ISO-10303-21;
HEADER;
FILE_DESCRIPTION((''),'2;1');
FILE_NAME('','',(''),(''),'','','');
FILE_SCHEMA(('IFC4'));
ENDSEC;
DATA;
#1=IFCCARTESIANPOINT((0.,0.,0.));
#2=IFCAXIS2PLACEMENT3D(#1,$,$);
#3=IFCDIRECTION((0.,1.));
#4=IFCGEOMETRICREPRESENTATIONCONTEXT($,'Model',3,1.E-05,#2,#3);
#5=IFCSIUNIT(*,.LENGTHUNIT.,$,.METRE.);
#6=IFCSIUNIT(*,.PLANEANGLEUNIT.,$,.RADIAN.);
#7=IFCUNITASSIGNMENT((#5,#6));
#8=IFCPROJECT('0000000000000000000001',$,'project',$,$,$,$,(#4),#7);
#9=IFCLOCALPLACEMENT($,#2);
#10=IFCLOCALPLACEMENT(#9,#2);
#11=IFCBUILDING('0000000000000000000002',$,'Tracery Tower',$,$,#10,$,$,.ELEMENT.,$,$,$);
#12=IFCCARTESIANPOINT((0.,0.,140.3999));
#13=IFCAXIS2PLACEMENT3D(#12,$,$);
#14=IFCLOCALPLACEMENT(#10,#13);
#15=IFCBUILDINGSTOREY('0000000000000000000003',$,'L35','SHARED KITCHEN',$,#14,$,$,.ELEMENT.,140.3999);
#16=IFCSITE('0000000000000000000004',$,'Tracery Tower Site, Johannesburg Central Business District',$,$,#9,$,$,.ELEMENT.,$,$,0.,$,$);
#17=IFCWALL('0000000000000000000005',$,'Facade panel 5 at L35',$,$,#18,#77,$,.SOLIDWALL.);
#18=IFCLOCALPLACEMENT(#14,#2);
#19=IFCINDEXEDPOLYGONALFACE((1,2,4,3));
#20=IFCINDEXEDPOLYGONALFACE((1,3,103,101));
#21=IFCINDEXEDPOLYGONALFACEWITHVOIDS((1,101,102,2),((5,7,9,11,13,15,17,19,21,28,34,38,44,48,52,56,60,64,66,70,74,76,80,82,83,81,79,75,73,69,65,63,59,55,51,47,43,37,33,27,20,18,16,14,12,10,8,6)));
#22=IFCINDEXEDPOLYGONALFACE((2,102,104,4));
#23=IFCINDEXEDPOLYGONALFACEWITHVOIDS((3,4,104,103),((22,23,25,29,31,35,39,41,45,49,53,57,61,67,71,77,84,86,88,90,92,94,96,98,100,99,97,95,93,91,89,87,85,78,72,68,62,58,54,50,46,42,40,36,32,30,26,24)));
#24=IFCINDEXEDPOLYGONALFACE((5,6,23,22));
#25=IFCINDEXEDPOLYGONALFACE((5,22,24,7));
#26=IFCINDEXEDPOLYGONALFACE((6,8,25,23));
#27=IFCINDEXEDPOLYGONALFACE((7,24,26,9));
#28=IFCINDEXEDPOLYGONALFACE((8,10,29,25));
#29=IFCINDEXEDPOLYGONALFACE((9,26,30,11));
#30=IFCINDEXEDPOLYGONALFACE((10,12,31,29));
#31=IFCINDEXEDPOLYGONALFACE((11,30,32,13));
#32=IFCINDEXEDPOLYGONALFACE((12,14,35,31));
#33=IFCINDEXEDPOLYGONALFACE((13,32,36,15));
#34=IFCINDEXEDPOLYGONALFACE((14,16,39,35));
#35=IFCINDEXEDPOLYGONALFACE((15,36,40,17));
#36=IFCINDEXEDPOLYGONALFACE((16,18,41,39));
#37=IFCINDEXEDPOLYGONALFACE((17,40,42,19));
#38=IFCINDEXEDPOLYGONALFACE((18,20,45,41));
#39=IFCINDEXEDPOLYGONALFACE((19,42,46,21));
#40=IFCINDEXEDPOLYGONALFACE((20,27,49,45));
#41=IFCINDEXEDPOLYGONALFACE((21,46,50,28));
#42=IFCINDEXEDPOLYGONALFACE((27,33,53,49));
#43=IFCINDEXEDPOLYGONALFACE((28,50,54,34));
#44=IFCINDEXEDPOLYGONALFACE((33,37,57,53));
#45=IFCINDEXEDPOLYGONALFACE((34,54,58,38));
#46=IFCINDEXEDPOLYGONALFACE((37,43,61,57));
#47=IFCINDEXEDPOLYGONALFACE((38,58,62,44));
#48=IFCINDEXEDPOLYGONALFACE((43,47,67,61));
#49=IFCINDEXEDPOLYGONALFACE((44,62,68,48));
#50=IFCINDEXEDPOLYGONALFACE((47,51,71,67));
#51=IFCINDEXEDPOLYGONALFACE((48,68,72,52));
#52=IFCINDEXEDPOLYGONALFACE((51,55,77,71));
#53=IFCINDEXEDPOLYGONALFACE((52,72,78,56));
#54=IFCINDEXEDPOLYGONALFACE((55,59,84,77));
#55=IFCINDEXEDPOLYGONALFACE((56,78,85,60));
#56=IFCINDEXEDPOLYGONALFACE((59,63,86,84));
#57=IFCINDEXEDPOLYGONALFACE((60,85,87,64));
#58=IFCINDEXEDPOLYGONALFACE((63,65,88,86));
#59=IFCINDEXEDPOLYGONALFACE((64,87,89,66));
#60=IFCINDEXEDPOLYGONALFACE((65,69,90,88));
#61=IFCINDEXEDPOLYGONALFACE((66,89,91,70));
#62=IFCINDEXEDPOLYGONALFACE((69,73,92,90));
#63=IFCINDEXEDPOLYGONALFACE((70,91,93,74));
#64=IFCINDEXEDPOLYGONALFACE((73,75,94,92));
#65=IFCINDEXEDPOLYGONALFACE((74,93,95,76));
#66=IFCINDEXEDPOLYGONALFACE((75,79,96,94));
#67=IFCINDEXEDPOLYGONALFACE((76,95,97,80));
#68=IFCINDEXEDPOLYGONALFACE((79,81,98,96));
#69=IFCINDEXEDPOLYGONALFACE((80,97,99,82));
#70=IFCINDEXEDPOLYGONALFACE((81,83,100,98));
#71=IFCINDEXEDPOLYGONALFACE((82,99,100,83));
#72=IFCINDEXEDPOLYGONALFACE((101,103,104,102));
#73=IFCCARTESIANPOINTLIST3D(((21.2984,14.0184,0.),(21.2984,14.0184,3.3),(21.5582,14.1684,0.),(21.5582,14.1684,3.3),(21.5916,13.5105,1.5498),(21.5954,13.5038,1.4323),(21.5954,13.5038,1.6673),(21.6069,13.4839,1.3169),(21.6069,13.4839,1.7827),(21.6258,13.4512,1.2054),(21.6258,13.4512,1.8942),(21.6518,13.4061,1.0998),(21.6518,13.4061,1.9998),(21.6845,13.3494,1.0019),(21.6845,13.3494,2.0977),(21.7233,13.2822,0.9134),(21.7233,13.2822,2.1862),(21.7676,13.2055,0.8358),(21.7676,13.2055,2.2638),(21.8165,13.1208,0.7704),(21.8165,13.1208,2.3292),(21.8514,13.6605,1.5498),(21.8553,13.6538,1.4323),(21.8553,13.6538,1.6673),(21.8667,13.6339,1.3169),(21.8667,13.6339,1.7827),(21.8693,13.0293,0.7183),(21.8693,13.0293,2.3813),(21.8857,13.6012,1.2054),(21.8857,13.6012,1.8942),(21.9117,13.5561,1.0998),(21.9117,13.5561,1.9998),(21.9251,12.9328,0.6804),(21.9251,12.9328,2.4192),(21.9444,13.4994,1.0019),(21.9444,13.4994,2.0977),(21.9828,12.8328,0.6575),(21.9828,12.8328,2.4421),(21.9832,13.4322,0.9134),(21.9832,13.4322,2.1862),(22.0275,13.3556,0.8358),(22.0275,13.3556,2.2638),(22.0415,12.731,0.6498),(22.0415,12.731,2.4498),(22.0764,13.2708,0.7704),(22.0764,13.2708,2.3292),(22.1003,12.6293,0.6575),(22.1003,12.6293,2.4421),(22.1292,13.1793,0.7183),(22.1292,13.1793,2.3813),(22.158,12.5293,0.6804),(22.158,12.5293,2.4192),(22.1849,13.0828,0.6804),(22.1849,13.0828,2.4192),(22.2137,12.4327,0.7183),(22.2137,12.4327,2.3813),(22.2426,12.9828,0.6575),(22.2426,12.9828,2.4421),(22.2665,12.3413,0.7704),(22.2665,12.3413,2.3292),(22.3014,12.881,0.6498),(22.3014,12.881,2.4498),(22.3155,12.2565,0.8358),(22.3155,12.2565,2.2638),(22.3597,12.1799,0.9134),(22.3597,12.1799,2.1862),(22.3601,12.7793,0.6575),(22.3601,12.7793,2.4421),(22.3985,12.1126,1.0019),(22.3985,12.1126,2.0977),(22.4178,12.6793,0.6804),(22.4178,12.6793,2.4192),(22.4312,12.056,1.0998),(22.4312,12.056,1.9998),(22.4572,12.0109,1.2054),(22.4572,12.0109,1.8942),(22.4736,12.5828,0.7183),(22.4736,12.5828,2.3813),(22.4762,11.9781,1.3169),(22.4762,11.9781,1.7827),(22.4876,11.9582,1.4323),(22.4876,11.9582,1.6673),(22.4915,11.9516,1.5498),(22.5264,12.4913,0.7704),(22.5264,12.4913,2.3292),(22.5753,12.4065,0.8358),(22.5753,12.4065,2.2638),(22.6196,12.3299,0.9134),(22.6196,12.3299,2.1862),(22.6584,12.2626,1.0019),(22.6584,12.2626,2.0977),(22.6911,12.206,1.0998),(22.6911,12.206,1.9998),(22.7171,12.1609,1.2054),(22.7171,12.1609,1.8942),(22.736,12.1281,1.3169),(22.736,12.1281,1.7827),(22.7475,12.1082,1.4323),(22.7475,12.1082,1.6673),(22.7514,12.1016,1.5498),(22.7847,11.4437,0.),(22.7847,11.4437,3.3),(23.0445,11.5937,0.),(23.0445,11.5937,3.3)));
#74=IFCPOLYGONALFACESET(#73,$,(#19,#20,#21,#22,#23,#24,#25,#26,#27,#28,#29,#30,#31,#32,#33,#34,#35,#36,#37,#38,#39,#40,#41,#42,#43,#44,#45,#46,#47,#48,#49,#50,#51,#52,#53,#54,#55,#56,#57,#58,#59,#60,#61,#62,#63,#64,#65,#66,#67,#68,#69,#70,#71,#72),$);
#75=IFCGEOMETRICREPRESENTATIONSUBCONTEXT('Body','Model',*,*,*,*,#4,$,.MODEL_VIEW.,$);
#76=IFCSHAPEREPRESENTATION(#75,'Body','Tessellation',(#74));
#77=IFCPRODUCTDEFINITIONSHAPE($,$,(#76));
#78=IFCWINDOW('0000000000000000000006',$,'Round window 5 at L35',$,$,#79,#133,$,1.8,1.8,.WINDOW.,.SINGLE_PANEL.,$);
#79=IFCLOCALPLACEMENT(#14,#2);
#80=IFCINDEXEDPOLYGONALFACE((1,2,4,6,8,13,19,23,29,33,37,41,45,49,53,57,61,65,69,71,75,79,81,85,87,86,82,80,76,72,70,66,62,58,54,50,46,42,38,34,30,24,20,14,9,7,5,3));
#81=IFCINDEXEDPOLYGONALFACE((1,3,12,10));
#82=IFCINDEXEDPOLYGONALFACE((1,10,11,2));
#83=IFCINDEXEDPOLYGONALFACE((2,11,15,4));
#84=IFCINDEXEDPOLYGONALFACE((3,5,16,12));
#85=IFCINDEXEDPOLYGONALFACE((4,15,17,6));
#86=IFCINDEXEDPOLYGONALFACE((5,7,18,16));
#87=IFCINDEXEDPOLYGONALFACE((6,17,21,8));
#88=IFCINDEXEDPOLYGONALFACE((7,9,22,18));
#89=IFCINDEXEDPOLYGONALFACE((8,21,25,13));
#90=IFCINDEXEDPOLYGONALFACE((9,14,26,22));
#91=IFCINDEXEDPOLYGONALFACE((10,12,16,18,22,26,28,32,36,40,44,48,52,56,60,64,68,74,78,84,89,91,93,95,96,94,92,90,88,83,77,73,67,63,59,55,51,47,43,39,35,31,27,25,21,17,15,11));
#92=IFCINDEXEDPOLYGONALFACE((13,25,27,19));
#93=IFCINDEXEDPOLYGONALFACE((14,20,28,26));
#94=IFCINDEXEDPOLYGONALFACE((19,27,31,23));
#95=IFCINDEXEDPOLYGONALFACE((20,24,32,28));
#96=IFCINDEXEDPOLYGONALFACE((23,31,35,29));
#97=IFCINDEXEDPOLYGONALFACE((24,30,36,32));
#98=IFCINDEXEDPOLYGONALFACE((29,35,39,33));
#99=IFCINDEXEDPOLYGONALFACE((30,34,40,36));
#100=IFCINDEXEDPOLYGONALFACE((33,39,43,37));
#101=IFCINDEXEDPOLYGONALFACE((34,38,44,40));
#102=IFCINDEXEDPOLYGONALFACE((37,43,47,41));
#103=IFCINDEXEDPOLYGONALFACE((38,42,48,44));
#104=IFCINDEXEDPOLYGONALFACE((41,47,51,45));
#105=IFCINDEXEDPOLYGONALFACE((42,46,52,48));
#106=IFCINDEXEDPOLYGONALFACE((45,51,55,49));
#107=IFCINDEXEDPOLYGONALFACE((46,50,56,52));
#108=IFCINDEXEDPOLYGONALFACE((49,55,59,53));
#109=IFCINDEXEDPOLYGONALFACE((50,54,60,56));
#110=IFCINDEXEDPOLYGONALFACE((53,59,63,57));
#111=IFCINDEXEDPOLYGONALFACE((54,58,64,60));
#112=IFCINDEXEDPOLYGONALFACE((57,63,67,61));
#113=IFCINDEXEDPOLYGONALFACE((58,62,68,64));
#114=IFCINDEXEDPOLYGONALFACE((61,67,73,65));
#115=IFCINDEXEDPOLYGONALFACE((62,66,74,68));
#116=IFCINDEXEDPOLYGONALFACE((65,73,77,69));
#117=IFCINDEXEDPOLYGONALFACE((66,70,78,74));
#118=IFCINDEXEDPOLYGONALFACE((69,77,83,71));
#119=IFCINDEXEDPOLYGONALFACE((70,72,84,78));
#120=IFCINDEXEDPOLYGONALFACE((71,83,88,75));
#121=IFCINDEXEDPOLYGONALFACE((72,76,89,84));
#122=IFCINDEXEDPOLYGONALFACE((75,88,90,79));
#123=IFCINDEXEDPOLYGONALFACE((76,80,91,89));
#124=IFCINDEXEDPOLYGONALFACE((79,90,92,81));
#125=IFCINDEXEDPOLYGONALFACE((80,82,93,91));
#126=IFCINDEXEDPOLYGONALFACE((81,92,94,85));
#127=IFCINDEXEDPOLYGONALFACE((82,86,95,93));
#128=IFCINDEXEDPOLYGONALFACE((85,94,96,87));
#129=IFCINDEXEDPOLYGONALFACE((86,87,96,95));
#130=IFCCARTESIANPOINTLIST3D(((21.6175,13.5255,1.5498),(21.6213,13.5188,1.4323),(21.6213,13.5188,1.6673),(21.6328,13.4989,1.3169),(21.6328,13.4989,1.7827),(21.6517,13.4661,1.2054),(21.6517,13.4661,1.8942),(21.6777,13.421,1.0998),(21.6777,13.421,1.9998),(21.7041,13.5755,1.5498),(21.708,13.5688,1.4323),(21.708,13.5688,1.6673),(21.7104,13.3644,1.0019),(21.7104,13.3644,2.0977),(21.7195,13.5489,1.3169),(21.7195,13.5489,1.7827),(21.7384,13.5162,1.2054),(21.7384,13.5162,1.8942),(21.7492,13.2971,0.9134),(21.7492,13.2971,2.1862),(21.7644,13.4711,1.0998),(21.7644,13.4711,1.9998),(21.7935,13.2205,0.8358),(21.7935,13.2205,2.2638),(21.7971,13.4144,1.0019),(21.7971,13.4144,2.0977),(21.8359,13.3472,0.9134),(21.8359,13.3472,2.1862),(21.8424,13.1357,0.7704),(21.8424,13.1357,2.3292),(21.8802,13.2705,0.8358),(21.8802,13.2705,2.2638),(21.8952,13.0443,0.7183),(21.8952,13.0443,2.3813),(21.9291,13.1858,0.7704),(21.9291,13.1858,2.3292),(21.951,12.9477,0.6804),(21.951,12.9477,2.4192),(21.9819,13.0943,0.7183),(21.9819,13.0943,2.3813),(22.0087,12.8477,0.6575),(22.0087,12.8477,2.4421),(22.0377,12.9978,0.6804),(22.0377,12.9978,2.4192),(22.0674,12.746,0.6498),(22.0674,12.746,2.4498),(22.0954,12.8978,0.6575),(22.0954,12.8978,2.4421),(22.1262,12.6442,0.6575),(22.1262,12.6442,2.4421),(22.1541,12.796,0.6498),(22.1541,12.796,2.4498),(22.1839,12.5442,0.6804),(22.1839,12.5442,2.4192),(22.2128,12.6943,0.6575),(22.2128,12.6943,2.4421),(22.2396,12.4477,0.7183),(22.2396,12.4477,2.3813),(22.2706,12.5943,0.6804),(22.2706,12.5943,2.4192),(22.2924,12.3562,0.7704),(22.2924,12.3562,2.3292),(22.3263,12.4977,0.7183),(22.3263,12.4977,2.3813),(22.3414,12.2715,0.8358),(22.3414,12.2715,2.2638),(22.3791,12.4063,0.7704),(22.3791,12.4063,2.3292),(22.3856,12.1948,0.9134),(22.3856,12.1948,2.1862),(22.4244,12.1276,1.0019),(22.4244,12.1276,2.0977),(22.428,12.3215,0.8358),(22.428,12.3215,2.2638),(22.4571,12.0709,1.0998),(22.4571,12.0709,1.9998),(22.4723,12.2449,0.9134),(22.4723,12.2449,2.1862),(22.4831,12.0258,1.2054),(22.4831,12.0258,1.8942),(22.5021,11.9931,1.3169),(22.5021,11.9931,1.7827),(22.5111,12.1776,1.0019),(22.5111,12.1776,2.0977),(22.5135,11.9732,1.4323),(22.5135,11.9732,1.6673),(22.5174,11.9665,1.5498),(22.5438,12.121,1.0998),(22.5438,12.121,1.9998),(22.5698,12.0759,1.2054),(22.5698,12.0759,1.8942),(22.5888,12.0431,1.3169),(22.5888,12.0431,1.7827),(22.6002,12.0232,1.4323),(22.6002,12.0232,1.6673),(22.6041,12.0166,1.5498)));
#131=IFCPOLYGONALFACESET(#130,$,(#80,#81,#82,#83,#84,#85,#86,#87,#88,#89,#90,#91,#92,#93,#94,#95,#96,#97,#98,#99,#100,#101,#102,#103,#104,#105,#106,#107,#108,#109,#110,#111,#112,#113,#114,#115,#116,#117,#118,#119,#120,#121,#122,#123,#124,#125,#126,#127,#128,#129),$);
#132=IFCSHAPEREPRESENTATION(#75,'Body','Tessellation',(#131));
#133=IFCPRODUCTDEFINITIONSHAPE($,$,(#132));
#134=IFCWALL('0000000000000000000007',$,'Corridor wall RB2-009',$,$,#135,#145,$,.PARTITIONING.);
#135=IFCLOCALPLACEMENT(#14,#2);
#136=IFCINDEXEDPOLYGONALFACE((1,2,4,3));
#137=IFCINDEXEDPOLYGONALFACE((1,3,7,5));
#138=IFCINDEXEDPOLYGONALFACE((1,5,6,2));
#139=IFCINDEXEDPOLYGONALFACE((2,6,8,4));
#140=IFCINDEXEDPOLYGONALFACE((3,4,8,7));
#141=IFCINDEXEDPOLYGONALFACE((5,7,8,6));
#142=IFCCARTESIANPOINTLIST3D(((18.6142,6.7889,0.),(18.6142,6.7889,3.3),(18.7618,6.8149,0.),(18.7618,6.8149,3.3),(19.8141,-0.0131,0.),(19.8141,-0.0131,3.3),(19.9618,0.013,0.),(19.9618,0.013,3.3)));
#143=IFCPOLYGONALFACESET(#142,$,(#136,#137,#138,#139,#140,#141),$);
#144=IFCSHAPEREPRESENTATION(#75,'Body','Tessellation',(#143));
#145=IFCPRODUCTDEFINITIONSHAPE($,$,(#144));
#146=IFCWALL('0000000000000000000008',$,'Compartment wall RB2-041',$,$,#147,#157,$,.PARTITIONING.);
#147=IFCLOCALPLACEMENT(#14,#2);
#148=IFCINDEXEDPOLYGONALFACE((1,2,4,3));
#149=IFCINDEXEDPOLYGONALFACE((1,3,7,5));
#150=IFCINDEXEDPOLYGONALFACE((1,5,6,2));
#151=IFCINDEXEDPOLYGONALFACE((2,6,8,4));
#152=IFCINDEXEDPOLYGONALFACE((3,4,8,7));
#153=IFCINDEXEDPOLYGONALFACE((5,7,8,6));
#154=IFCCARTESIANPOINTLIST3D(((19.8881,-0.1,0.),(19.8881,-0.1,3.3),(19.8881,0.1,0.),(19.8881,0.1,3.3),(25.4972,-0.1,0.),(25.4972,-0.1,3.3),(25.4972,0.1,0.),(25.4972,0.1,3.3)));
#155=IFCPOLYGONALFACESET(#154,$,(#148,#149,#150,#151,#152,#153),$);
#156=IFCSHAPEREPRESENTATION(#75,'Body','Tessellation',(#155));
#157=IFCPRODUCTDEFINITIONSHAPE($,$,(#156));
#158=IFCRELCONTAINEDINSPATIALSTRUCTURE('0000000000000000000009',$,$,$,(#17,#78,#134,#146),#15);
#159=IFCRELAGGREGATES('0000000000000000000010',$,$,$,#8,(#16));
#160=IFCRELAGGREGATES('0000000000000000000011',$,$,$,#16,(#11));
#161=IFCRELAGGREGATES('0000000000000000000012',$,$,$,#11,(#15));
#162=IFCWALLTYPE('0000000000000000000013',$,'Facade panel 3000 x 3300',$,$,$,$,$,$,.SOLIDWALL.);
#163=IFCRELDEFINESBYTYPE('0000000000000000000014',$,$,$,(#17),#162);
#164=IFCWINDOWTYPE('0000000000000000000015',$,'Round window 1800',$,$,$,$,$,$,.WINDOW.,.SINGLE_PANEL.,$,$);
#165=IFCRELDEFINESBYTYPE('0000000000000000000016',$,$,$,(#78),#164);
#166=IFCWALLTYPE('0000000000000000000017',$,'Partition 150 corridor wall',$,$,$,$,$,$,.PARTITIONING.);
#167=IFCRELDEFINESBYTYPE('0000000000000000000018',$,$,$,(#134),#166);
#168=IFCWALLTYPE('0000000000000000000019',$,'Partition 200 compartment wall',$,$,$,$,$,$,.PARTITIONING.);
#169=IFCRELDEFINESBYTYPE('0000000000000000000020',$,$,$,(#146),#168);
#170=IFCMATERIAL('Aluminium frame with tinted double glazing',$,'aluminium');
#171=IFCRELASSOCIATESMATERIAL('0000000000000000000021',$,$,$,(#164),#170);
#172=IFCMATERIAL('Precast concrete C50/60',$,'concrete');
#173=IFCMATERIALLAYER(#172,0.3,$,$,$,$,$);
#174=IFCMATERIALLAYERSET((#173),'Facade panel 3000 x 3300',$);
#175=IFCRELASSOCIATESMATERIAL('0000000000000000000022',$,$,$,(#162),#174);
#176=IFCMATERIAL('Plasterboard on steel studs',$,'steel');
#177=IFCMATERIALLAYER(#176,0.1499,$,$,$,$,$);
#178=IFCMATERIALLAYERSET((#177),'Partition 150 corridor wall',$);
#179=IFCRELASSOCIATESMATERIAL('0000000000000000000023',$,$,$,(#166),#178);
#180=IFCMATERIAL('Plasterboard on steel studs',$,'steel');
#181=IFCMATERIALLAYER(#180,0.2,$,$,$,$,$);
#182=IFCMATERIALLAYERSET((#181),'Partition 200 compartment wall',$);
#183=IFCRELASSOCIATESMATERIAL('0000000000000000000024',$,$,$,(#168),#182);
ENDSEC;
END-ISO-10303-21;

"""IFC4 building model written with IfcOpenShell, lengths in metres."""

from ifc_helpers import new_model, si_unit, direction, frame, frame_2d, origin, origin_2d, place, context, subcontext, project, spatial, rectangle, circle, extrude, material, layer, layer_set, type_object, element, fill, save


model = new_model("IFC4")

# Units and contexts
model_context = context("Model", 3, precision=1e-05, world=origin(), true_north=direction((0.0, 1.0)))
body_context = subcontext(model_context, "Body", "Model", "MODEL_VIEW")
ifc_project = project(units=[si_unit("LENGTHUNIT", "METRE"), si_unit("PLANEANGLEUNIT", "RADIAN")], contexts=[model_context])

# Site, building, storey
site_placement = place(None, origin())
site = spatial("IfcSite", under=ifc_project, at=site_placement, Name="Tracery Tower Site, Johannesburg Central Business District", CompositionType="ELEMENT", RefElevation=0.0)
building_placement = place(site_placement, origin())
building = spatial("IfcBuilding", under=site, at=building_placement, Name="Tracery Tower", CompositionType="ELEMENT")
storey_placement = place(building_placement, frame((0.0, 0.0, 140.3999)))
storey = spatial("IfcBuildingStorey", under=building, at=storey_placement, Name="L35", Description="SHARED KITCHEN", CompositionType="ELEMENT", Elevation=140.3999)

# Wall, opening, window
ifc_material_1 = material(Name="Aluminium frame with tinted double glazing", Category="aluminium")
window_type = type_object("IfcWindowType", Name="Round window 1800", PartitioningType="SINGLE_PANEL", PredefinedType="WINDOW", material=ifc_material_1)
ifc_material_2 = material(Name="Precast concrete C50/60", Category="concrete")
ifc_layer_1 = layer(ifc_material_2, 0.3)
ifc_layer_set_1 = layer_set([ifc_layer_1], Name="Facade panel 3000 x 3300")
wall_type_1 = type_object("IfcWallType", Name="Facade panel 3000 x 3300", PredefinedType="SOLIDWALL", material=ifc_layer_set_1)
wall_1_placement = place(storey_placement, frame((22.9146, 11.5188, 0.0), z_axis=(0.0, 0.0, 1.0), x_axis=(-0.499955, 0.866052, 0.0)))
wall_1 = element("IfcWall", 1, at=wall_1_placement, inside=storey, type_object=wall_type_1, Name="Facade panel 5 at L35", PredefinedType="SOLIDWALL", context=body_context, shape_type="SweptSolid", body=[
    extrude(rectangle(XDim=2.9729, YDim=0.3, at=frame_2d((1.4863, 0.0))), origin(), (0.0, 0.0, 1.0), 3.3),
])
opening_1_placement = place(wall_1_placement, frame((1.4863, 0.0, 1.5498)))
opening_1 = element("IfcOpeningElement", 2, at=opening_1_placement, cuts=wall_1, PredefinedType="OPENING", context=body_context, shape_type="SweptSolid", body=[
    extrude(circle(Radius=0.9, at=origin_2d()), frame((0.0, 0.1599, 0.0), z_axis=(0.0, -1.0, 0.0), x_axis=(1.0, 0.0, 0.0)), (0.0, 0.0, 1.0), 0.3201),
])
window_1_placement = place(opening_1_placement, origin())
window_1 = element("IfcWindow", 3, at=window_1_placement, inside=storey, type_object=window_type, Name="Round window 5 at L35", OverallHeight=1.8, OverallWidth=1.8, PartitioningType="SINGLE_PANEL", PredefinedType="WINDOW", context=body_context, shape_type="SweptSolid", body=[
    extrude(circle(Radius=0.9, at=origin_2d()), frame((0.0, 0.1201, 0.0), z_axis=(0.0, -1.0, 0.0), x_axis=(1.0, 0.0, 0.0)), (0.0, 0.0, 1.0), 0.1001),
])
fill(opening_1, window_1)

# Walls
ifc_material_3 = material(Name="Plasterboard on steel studs", Category="steel")
ifc_layer_2 = layer(ifc_material_3, 0.1499)
ifc_layer_set_2 = layer_set([ifc_layer_2], Name="Partition 150 corridor wall")
wall_type_2 = type_object("IfcWallType", Name="Partition 150 corridor wall", PredefinedType="PARTITIONING", material=ifc_layer_set_2)
wall_2_placement = place(storey_placement, frame((18.688, 6.802, 0.0), z_axis=(0.0, 0.0, 1.0), x_axis=(0.173729, -0.984794, 0.0)))
element("IfcWall", 4, at=wall_2_placement, inside=storey, type_object=wall_type_2, Name="Corridor wall RB2-009", PredefinedType="PARTITIONING", context=body_context, shape_type="SweptSolid", body=[
    extrude(rectangle(XDim=6.907, YDim=0.1499, at=frame_2d((3.4536, 0.0))), origin(), (0.0, 0.0, 1.0), 3.3),
])
ifc_material_4 = material(Name="Plasterboard on steel studs", Category="steel")
ifc_layer_3 = layer(ifc_material_4, 0.2)
ifc_layer_set_3 = layer_set([ifc_layer_3], Name="Partition 200 compartment wall")
wall_type_3 = type_object("IfcWallType", Name="Partition 200 compartment wall", PredefinedType="PARTITIONING", material=ifc_layer_set_3)
wall_3_placement = place(storey_placement, frame((19.8879, 0.0, 0.0), z_axis=(0.0, 0.0, 1.0), x_axis=(1.0, 0.0, 0.0)))
element("IfcWall", 5, at=wall_3_placement, inside=storey, type_object=wall_type_3, Name="Compartment wall RB2-041", PredefinedType="PARTITIONING", context=body_context, shape_type="SweptSolid", body=[
    extrude(rectangle(XDim=5.6091, YDim=0.2, at=frame_2d((2.8047, 0.0))), origin(), (0.0, 0.0, 1.0), 3.3),
])

save(model, "model.ifc")
